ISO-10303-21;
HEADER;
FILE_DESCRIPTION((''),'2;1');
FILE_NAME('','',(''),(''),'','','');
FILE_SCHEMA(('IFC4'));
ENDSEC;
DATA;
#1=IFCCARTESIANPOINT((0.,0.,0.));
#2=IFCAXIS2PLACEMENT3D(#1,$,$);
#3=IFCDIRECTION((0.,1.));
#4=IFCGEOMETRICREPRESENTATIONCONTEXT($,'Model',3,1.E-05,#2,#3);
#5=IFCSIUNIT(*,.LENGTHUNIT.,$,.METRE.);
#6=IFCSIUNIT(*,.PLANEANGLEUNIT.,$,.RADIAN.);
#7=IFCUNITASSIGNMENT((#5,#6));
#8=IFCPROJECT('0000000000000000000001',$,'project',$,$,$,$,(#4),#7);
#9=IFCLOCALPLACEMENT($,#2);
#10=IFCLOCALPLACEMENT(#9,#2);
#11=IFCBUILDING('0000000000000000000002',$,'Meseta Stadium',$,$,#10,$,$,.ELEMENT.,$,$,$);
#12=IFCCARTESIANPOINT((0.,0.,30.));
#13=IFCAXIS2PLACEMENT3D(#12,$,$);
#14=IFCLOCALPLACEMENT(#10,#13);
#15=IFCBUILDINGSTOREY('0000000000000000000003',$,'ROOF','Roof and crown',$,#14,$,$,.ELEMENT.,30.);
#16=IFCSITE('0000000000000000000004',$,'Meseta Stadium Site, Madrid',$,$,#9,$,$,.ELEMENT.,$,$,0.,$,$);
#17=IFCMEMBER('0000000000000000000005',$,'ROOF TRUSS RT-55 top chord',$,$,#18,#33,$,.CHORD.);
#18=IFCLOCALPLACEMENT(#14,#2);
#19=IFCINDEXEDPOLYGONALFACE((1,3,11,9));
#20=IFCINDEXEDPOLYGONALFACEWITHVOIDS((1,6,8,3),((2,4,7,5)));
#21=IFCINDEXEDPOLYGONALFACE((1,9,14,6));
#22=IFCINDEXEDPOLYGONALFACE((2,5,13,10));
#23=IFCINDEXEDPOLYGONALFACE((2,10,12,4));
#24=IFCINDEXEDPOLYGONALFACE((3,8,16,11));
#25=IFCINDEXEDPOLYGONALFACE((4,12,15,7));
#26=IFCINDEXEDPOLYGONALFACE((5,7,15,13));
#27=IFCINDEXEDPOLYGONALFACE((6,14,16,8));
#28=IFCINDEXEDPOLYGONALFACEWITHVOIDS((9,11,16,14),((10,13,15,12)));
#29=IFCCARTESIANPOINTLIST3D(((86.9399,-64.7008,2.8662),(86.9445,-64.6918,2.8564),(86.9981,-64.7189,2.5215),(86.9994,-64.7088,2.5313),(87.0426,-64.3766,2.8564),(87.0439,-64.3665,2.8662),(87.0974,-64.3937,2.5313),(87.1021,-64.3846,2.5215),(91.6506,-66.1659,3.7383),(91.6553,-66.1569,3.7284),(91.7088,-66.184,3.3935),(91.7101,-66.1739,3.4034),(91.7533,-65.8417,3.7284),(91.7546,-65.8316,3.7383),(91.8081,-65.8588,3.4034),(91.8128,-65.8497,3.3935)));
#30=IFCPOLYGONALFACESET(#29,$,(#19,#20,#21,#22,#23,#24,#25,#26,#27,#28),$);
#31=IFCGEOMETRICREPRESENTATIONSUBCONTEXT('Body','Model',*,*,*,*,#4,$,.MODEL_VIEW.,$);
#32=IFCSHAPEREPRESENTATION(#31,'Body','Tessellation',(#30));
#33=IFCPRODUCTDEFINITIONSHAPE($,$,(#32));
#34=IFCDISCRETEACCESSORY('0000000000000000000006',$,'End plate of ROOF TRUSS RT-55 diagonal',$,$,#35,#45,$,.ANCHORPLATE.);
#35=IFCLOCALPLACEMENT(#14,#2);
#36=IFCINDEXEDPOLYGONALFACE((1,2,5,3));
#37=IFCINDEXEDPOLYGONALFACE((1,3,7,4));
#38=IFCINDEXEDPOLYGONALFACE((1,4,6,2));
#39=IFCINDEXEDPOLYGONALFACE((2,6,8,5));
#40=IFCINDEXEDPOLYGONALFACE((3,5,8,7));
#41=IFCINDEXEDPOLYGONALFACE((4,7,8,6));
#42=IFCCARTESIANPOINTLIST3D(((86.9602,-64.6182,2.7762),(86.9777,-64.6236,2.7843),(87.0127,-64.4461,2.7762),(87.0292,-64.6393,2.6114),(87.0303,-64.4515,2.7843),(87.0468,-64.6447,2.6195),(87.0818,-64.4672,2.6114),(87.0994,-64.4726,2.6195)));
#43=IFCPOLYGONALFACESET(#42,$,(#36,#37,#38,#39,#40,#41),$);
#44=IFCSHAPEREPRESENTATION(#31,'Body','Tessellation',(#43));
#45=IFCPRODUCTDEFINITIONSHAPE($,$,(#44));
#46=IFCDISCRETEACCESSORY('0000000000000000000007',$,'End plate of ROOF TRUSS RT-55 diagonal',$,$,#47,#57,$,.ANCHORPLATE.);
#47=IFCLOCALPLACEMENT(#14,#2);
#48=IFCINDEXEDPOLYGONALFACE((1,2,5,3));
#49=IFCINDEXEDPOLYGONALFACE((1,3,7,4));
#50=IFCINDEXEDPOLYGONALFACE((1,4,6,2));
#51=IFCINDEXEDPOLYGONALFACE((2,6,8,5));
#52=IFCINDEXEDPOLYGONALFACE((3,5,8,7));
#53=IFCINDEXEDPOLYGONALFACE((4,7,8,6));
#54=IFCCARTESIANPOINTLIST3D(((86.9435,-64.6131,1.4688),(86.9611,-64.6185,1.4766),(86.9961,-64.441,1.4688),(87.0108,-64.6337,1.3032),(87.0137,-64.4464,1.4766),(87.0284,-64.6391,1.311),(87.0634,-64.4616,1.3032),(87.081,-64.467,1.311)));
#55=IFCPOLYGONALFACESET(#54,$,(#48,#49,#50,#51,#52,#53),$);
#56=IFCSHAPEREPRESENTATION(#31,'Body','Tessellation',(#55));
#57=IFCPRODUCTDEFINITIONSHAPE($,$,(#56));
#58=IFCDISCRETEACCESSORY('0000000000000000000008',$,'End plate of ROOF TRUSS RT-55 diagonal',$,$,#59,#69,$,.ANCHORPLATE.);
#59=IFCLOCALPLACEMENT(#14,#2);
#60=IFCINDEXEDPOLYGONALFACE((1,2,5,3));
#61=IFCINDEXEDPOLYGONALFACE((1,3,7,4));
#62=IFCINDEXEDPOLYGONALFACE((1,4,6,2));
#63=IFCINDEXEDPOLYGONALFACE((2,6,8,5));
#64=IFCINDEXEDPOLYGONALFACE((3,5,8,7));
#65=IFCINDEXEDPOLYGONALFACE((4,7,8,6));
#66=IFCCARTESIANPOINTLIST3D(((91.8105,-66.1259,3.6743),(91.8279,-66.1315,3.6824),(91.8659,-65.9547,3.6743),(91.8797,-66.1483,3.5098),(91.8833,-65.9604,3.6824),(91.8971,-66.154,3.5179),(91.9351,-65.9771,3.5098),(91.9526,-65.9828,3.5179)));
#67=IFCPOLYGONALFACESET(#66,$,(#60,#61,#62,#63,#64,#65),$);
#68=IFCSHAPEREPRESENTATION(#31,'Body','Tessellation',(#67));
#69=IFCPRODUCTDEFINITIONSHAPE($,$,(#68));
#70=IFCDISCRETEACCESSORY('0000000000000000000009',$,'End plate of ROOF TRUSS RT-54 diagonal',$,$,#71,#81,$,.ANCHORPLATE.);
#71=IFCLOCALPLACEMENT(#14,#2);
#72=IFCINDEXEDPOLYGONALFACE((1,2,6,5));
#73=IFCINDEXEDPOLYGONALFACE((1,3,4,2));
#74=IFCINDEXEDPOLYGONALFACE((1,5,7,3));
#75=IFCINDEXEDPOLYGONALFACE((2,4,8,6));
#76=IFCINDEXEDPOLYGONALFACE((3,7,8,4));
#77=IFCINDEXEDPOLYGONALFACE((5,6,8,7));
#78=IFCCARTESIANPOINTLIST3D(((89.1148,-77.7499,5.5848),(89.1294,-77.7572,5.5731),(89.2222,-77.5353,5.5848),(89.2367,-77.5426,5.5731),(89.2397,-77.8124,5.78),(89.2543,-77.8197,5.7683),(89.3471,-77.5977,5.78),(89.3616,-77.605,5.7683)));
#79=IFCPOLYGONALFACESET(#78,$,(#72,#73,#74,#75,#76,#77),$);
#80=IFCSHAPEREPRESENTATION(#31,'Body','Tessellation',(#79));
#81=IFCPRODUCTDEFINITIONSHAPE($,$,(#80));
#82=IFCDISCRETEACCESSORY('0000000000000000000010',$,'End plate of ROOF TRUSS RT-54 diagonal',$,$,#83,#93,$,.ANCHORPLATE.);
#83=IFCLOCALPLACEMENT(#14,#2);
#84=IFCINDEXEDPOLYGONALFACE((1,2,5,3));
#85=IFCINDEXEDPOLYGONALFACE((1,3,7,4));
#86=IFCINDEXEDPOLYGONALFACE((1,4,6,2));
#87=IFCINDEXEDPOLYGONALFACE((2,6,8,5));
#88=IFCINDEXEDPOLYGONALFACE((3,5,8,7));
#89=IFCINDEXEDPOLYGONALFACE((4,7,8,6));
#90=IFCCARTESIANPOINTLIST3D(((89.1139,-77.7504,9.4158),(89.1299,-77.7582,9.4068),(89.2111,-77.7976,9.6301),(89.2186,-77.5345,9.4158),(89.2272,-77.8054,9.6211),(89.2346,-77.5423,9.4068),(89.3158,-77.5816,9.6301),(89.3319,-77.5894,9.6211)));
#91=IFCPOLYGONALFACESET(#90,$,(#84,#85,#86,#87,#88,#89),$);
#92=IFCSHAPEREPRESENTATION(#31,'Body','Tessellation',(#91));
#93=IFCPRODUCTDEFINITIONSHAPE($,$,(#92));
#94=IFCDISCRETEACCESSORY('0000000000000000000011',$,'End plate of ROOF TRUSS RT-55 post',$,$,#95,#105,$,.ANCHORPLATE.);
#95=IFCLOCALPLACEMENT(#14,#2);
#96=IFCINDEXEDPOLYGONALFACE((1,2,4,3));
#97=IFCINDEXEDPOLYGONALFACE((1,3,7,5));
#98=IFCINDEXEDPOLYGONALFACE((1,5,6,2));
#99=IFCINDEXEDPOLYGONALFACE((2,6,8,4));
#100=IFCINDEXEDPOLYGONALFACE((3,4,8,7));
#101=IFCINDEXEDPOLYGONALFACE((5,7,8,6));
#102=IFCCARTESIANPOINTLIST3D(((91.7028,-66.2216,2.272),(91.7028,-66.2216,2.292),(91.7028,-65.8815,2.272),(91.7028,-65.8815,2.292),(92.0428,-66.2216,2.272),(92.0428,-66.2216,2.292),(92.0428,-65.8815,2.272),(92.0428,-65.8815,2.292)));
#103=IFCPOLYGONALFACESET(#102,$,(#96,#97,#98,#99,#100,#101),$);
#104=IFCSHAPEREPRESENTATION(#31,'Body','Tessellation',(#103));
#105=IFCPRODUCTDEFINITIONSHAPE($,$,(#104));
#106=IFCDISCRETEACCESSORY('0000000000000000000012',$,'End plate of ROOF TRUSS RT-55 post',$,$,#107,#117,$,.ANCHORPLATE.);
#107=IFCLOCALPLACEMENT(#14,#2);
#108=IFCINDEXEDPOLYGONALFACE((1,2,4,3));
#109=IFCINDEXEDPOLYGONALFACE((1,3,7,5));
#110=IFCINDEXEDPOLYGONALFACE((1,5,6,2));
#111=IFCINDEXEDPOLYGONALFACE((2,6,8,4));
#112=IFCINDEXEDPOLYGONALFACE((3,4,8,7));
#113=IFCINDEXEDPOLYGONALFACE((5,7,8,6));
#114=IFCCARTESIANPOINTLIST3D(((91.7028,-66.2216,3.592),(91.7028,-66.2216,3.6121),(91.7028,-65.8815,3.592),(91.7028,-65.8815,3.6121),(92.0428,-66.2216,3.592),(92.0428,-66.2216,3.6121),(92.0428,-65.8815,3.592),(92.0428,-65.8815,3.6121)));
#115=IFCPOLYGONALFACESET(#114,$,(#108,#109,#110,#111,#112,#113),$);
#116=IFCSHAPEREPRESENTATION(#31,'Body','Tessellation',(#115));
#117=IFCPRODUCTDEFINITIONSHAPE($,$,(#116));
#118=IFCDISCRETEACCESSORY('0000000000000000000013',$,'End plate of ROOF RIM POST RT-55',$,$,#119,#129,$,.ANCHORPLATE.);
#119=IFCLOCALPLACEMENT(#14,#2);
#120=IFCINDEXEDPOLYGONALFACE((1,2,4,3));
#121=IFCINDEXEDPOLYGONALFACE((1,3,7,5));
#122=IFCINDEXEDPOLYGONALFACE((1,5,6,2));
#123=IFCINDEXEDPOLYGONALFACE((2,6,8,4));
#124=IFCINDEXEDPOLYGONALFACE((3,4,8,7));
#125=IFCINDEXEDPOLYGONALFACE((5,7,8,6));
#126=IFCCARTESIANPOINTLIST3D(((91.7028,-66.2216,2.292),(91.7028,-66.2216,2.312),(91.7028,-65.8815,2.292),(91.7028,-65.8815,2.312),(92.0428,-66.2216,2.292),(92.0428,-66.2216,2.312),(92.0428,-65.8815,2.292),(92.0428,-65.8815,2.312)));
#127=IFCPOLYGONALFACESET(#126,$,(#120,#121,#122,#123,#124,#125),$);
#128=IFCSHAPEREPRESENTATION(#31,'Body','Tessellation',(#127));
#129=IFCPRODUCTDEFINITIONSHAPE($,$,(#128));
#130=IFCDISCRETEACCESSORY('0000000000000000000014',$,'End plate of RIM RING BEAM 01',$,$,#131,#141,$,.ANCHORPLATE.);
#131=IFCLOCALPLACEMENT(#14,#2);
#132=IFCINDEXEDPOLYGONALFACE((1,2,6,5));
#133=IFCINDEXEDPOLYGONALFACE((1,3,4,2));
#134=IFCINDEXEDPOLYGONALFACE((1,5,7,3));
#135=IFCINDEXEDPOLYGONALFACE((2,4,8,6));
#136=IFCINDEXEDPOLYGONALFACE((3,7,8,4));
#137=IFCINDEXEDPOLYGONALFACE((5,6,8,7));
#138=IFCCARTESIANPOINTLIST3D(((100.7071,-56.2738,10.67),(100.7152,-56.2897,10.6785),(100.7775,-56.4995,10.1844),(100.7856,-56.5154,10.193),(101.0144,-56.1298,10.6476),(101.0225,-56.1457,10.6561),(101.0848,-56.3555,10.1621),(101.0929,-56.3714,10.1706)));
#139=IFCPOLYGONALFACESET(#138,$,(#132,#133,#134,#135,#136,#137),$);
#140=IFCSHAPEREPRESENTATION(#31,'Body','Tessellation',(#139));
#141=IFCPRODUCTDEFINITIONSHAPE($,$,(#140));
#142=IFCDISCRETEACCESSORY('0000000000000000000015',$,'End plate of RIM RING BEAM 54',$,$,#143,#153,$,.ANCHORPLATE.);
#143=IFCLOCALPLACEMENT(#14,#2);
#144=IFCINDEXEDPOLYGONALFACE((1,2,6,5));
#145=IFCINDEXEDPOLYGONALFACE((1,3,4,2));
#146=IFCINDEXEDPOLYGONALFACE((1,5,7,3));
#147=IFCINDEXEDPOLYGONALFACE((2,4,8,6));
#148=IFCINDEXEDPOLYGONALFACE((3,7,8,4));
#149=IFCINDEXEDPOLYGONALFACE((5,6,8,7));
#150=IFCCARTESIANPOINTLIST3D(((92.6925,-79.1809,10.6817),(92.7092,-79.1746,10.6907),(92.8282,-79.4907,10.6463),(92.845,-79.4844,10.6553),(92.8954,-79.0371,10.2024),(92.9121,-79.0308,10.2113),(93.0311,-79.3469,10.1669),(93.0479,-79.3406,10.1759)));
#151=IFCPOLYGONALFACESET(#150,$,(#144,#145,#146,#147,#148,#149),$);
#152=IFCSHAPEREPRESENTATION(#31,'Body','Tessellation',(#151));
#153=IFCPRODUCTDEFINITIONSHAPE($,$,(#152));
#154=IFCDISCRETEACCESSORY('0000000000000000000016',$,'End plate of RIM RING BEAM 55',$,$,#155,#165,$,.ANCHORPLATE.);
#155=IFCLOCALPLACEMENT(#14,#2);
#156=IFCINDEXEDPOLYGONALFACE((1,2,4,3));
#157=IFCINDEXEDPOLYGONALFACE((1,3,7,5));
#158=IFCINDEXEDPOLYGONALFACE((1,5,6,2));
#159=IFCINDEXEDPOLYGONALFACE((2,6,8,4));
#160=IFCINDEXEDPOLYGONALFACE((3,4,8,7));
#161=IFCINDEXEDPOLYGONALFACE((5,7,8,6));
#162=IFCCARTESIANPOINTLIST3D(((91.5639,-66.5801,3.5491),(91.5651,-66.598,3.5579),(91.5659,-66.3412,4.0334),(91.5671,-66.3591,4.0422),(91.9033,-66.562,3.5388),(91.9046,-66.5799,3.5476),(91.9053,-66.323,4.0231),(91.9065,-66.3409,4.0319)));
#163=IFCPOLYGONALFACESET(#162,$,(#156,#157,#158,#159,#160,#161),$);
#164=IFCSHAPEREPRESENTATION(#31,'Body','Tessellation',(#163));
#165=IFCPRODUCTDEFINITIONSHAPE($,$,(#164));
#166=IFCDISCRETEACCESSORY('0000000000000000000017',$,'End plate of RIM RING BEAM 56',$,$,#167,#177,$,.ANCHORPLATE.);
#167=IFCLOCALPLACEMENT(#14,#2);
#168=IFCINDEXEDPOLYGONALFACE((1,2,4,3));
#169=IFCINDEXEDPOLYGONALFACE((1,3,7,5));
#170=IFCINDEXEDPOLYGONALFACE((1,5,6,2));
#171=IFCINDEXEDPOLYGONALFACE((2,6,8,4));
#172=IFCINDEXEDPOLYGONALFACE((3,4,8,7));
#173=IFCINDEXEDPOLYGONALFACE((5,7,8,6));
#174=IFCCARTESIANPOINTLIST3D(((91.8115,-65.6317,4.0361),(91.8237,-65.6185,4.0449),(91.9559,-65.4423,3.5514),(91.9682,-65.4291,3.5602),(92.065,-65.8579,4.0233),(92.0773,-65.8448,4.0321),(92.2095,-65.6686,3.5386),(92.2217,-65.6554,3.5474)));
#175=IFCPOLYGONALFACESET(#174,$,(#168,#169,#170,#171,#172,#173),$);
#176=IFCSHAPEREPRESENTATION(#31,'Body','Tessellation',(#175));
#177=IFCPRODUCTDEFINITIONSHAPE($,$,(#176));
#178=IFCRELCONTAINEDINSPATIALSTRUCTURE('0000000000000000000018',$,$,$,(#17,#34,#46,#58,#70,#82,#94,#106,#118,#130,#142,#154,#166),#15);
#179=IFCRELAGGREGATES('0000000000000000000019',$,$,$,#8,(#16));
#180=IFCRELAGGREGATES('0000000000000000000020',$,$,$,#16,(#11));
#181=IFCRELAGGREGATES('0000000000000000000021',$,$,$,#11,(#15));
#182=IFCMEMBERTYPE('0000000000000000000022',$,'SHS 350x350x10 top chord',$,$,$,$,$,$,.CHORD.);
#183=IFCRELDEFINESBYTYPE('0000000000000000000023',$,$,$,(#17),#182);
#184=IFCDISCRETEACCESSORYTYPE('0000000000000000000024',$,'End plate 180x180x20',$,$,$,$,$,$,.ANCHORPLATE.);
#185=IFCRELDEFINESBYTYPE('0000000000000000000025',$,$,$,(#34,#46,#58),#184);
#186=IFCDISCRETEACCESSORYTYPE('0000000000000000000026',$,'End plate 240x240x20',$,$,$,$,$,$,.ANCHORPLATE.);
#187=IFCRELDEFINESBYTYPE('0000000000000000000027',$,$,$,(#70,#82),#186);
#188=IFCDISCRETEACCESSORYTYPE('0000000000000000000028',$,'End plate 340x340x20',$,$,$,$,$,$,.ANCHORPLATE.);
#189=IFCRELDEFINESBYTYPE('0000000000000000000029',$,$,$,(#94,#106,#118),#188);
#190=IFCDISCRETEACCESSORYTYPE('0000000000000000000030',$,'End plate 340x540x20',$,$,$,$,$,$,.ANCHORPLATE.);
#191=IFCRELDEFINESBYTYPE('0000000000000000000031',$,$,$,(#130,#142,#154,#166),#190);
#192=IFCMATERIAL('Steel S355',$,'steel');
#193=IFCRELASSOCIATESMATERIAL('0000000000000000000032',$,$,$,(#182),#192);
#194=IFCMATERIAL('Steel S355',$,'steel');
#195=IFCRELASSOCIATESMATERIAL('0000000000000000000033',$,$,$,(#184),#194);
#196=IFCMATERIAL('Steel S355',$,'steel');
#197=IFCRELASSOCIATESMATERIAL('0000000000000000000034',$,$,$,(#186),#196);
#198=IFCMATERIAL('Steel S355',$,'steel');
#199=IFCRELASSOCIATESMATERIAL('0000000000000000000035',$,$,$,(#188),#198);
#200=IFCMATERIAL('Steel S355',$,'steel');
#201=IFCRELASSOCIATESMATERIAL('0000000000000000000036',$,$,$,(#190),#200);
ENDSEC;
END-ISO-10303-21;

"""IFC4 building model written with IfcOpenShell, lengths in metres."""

from ifc_helpers import new_model, si_unit, direction, frame, origin, origin_2d, place, context, subcontext, project, spatial, rectangle, hollow_rectangle, extrude, material, material_profile, profile_set, type_object, element, save


model = new_model("IFC4")

# Units and contexts
model_context = context("Model", 3, precision=1e-05, world=origin(), true_north=direction((0.0, 1.0)))
body_context = subcontext(model_context, "Body", "Model", "MODEL_VIEW")
ifc_project = project(units=[si_unit("LENGTHUNIT", "METRE"), si_unit("PLANEANGLEUNIT", "RADIAN")], contexts=[model_context])

# Site, building, storey
site_placement = place(None, origin())
site = spatial("IfcSite", under=ifc_project, at=site_placement, Name="Meseta Stadium Site, Madrid", CompositionType="ELEMENT", RefElevation=0.0)
building_placement = place(site_placement, origin())
building = spatial("IfcBuilding", under=site, at=building_placement, Name="Meseta Stadium", CompositionType="ELEMENT")
storey_placement = place(building_placement, frame((0.0, 0.0, 30.0)))
storey = spatial("IfcBuildingStorey", under=building, at=storey_placement, Name="ROOF", Description="Roof and crown", CompositionType="ELEMENT", Elevation=30.0)

# Member
ifc_material_1 = material(Name="Steel S355", Category="steel")
ifc_material_profile_1 = material_profile(ifc_material_1, hollow_rectangle(XDim=0.3501, YDim=0.3501, WallThickness=0.01, at=origin_2d()), Name="SHS 350x350x10")
ifc_profile_set_1 = profile_set([ifc_material_profile_1], Name="Steel S355")
member_type_1 = type_object("IfcMemberType", Name="SHS 350x350x10 top chord", PredefinedType="CHORD", material=ifc_profile_set_1)
member_1_placement = place(storey_placement, frame((87.021, -64.5427, 2.6938), z_axis=(0.940305, -0.292447, 0.174075), x_axis=(0.296981, 0.954883, 0.0)))
element("IfcMember", 1, at=member_1_placement, inside=storey, type_object=member_type_1, Name="ROOF TRUSS RT-55 top chord", PredefinedType="CHORD", context=body_context, shape_type="SweptSolid", body=[
    extrude(hollow_rectangle(XDim=0.3501, YDim=0.3501, WallThickness=0.01, at=origin_2d()), origin(), (0.0, 0.0, 1.0), 5.0098),
])

# Discrete accessories
ifc_material_2 = material(Name="Steel S355", Category="steel")
ifc_material_profile_2 = material_profile(ifc_material_2, rectangle(XDim=0.1799, YDim=0.1799, at=origin_2d()), Name="PL 180x180")
ifc_profile_set_2 = profile_set([ifc_material_profile_2], Name="Steel S355")
discrete_accessory_type_1 = type_object("IfcDiscreteAccessoryType", Name="End plate 180x180x20", PredefinedType="ANCHORPLATE", material=ifc_profile_set_2)
for number, where, z_axis, x_axis, name in (
    (2, (87.021, -64.5427, 2.6938), (0.875902, -0.267637, 0.401455), (0.292219, 0.956352, 0.0), "End plate of ROOF TRUSS RT-55 diagonal"),
    (3, (87.0034, -64.5374, 1.386), (0.880146, -0.268933, 0.391176), (0.292219, 0.956352, 0.0), "End plate of ROOF TRUSS RT-55 diagonal"),
    (4, (91.8728, -66.0515, 3.592), (0.870069, -0.281853, 0.404398), (0.308177, 0.951329, 0.0), "End plate of ROOF TRUSS RT-55 diagonal"),
):
    element("IfcDiscreteAccessory", number, at=place(storey_placement, frame(where, z_axis=z_axis, x_axis=x_axis)), inside=storey, type_object=discrete_accessory_type_1, Name=name, PredefinedType="ANCHORPLATE", context=body_context, shape_type="SweptSolid", body=[
        extrude(rectangle(XDim=0.1799, YDim=0.1799, at=origin_2d()), origin(), (0.0, 0.0, 1.0), 0.02),
    ])
ifc_material_3 = material(Name="Steel S355", Category="steel")
ifc_material_profile_3 = material_profile(ifc_material_3, rectangle(XDim=0.24, YDim=0.24, at=origin_2d()), Name="PL 240x240")
ifc_profile_set_3 = profile_set([ifc_material_profile_3], Name="Steel S355")
discrete_accessory_type_2 = type_object("IfcDiscreteAccessoryType", Name="End plate 240x240x20", PredefinedType="ANCHORPLATE", material=ifc_profile_set_3)
for number, where, z_axis, x_axis, name in (
    (5, (89.231, -77.6738, 5.6824), (0.727393, -0.363696, -0.581914), (0.447214, 0.894427, 0.0), "End plate of ROOF TRUSS RT-54 diagonal"),
    (6, (89.2148, -77.666, 9.5229), (0.803386, -0.38952, -0.450383), (0.436274, 0.899814, 0.0), "End plate of ROOF TRUSS RT-54 diagonal"),
):
    element("IfcDiscreteAccessory", number, at=place(storey_placement, frame(where, z_axis=z_axis, x_axis=x_axis)), inside=storey, type_object=discrete_accessory_type_2, Name=name, PredefinedType="ANCHORPLATE", context=body_context, shape_type="SweptSolid", body=[
        extrude(rectangle(XDim=0.24, YDim=0.24, at=origin_2d()), origin(), (0.0, 0.0, 1.0), 0.02),
    ])
ifc_material_4 = material(Name="Steel S355", Category="steel")
ifc_material_profile_4 = material_profile(ifc_material_4, rectangle(XDim=0.3401, YDim=0.3401, at=origin_2d()), Name="PL 340x340")
ifc_profile_set_4 = profile_set([ifc_material_profile_4], Name="Steel S355")
discrete_accessory_type_3 = type_object("IfcDiscreteAccessoryType", Name="End plate 340x340x20", PredefinedType="ANCHORPLATE", material=ifc_profile_set_4)
for number, where, z_axis, x_axis, name in (
    (7, (91.8728, -66.0515, 2.272), (0.0, 0.0, 1.0), (1.0, 0.0, 0.0), "End plate of ROOF TRUSS RT-55 post"),
    (8, (91.8728, -66.0515, 3.592), (0.0, 0.0, 1.0), (1.0, 0.0, 0.0), "End plate of ROOF TRUSS RT-55 post"),
    (9, (91.8728, -66.0515, 2.292), (0.0, 0.0, 1.0), (1.0, 0.0, 0.0), "End plate of ROOF RIM POST RT-55"),
):
    element("IfcDiscreteAccessory", number, at=place(storey_placement, frame(where, z_axis=z_axis, x_axis=x_axis)), inside=storey, type_object=discrete_accessory_type_3, Name=name, PredefinedType="ANCHORPLATE", context=body_context, shape_type="SweptSolid", body=[
        extrude(rectangle(XDim=0.3401, YDim=0.3401, at=origin_2d()), origin(), (0.0, 0.0, 1.0), 0.02),
    ])
ifc_material_5 = material(Name="Steel S355", Category="steel")
ifc_material_profile_5 = material_profile(ifc_material_5, rectangle(XDim=0.3401, YDim=0.54, at=origin_2d()), Name="PL 340x540")
ifc_profile_set_5 = profile_set([ifc_material_profile_5], Name="Steel S355")
discrete_accessory_type_4 = type_object("IfcDiscreteAccessoryType", Name="End plate 340x540x20", PredefinedType="ANCHORPLATE", material=ifc_profile_set_5)
discrete_accessory_placement = place(storey_placement, frame((100.9041, -56.3306, 10.4246), z_axis=(-0.408092, 0.803818, -0.432825), x_axis=(-0.903585, -0.42333, 0.065767)))
element("IfcDiscreteAccessory", 10, at=discrete_accessory_placement, inside=storey, type_object=discrete_accessory_type_4, Name="End plate of RIM RING BEAM 01", PredefinedType="ANCHORPLATE", context=body_context, shape_type="SweptSolid", body=[
    extrude(rectangle(XDim=0.3401, YDim=0.54, at=origin_2d()), origin(), (0.0, 0.0, 1.0), 0.0198),
])
for number, where, z_axis, x_axis, name in (
    (11, (92.8618, -79.2639, 10.4243), (0.836379, 0.315157, 0.448493), (-0.399157, 0.910936, 0.104258), "End plate of RIM RING BEAM 54"),
    (12, (91.7358, -66.4695, 3.7949), (-0.061314, 0.895183, -0.44146), (-0.998112, -0.053373, 0.030399), "End plate of RIM RING BEAM 55"),
    (13, (92.0105, -65.6501, 3.7874), (0.610301, 0.659125, 0.439417), (-0.745627, 0.6653, 0.037643), "End plate of RIM RING BEAM 56"),
):
    element("IfcDiscreteAccessory", number, at=place(storey_placement, frame(where, z_axis=z_axis, x_axis=x_axis)), inside=storey, type_object=discrete_accessory_type_4, Name=name, PredefinedType="ANCHORPLATE", context=body_context, shape_type="SweptSolid", body=[
        extrude(rectangle(XDim=0.3401, YDim=0.54, at=origin_2d()), origin(), (0.0, 0.0, 1.0), 0.02),
    ])

save(model, "model.ifc")
